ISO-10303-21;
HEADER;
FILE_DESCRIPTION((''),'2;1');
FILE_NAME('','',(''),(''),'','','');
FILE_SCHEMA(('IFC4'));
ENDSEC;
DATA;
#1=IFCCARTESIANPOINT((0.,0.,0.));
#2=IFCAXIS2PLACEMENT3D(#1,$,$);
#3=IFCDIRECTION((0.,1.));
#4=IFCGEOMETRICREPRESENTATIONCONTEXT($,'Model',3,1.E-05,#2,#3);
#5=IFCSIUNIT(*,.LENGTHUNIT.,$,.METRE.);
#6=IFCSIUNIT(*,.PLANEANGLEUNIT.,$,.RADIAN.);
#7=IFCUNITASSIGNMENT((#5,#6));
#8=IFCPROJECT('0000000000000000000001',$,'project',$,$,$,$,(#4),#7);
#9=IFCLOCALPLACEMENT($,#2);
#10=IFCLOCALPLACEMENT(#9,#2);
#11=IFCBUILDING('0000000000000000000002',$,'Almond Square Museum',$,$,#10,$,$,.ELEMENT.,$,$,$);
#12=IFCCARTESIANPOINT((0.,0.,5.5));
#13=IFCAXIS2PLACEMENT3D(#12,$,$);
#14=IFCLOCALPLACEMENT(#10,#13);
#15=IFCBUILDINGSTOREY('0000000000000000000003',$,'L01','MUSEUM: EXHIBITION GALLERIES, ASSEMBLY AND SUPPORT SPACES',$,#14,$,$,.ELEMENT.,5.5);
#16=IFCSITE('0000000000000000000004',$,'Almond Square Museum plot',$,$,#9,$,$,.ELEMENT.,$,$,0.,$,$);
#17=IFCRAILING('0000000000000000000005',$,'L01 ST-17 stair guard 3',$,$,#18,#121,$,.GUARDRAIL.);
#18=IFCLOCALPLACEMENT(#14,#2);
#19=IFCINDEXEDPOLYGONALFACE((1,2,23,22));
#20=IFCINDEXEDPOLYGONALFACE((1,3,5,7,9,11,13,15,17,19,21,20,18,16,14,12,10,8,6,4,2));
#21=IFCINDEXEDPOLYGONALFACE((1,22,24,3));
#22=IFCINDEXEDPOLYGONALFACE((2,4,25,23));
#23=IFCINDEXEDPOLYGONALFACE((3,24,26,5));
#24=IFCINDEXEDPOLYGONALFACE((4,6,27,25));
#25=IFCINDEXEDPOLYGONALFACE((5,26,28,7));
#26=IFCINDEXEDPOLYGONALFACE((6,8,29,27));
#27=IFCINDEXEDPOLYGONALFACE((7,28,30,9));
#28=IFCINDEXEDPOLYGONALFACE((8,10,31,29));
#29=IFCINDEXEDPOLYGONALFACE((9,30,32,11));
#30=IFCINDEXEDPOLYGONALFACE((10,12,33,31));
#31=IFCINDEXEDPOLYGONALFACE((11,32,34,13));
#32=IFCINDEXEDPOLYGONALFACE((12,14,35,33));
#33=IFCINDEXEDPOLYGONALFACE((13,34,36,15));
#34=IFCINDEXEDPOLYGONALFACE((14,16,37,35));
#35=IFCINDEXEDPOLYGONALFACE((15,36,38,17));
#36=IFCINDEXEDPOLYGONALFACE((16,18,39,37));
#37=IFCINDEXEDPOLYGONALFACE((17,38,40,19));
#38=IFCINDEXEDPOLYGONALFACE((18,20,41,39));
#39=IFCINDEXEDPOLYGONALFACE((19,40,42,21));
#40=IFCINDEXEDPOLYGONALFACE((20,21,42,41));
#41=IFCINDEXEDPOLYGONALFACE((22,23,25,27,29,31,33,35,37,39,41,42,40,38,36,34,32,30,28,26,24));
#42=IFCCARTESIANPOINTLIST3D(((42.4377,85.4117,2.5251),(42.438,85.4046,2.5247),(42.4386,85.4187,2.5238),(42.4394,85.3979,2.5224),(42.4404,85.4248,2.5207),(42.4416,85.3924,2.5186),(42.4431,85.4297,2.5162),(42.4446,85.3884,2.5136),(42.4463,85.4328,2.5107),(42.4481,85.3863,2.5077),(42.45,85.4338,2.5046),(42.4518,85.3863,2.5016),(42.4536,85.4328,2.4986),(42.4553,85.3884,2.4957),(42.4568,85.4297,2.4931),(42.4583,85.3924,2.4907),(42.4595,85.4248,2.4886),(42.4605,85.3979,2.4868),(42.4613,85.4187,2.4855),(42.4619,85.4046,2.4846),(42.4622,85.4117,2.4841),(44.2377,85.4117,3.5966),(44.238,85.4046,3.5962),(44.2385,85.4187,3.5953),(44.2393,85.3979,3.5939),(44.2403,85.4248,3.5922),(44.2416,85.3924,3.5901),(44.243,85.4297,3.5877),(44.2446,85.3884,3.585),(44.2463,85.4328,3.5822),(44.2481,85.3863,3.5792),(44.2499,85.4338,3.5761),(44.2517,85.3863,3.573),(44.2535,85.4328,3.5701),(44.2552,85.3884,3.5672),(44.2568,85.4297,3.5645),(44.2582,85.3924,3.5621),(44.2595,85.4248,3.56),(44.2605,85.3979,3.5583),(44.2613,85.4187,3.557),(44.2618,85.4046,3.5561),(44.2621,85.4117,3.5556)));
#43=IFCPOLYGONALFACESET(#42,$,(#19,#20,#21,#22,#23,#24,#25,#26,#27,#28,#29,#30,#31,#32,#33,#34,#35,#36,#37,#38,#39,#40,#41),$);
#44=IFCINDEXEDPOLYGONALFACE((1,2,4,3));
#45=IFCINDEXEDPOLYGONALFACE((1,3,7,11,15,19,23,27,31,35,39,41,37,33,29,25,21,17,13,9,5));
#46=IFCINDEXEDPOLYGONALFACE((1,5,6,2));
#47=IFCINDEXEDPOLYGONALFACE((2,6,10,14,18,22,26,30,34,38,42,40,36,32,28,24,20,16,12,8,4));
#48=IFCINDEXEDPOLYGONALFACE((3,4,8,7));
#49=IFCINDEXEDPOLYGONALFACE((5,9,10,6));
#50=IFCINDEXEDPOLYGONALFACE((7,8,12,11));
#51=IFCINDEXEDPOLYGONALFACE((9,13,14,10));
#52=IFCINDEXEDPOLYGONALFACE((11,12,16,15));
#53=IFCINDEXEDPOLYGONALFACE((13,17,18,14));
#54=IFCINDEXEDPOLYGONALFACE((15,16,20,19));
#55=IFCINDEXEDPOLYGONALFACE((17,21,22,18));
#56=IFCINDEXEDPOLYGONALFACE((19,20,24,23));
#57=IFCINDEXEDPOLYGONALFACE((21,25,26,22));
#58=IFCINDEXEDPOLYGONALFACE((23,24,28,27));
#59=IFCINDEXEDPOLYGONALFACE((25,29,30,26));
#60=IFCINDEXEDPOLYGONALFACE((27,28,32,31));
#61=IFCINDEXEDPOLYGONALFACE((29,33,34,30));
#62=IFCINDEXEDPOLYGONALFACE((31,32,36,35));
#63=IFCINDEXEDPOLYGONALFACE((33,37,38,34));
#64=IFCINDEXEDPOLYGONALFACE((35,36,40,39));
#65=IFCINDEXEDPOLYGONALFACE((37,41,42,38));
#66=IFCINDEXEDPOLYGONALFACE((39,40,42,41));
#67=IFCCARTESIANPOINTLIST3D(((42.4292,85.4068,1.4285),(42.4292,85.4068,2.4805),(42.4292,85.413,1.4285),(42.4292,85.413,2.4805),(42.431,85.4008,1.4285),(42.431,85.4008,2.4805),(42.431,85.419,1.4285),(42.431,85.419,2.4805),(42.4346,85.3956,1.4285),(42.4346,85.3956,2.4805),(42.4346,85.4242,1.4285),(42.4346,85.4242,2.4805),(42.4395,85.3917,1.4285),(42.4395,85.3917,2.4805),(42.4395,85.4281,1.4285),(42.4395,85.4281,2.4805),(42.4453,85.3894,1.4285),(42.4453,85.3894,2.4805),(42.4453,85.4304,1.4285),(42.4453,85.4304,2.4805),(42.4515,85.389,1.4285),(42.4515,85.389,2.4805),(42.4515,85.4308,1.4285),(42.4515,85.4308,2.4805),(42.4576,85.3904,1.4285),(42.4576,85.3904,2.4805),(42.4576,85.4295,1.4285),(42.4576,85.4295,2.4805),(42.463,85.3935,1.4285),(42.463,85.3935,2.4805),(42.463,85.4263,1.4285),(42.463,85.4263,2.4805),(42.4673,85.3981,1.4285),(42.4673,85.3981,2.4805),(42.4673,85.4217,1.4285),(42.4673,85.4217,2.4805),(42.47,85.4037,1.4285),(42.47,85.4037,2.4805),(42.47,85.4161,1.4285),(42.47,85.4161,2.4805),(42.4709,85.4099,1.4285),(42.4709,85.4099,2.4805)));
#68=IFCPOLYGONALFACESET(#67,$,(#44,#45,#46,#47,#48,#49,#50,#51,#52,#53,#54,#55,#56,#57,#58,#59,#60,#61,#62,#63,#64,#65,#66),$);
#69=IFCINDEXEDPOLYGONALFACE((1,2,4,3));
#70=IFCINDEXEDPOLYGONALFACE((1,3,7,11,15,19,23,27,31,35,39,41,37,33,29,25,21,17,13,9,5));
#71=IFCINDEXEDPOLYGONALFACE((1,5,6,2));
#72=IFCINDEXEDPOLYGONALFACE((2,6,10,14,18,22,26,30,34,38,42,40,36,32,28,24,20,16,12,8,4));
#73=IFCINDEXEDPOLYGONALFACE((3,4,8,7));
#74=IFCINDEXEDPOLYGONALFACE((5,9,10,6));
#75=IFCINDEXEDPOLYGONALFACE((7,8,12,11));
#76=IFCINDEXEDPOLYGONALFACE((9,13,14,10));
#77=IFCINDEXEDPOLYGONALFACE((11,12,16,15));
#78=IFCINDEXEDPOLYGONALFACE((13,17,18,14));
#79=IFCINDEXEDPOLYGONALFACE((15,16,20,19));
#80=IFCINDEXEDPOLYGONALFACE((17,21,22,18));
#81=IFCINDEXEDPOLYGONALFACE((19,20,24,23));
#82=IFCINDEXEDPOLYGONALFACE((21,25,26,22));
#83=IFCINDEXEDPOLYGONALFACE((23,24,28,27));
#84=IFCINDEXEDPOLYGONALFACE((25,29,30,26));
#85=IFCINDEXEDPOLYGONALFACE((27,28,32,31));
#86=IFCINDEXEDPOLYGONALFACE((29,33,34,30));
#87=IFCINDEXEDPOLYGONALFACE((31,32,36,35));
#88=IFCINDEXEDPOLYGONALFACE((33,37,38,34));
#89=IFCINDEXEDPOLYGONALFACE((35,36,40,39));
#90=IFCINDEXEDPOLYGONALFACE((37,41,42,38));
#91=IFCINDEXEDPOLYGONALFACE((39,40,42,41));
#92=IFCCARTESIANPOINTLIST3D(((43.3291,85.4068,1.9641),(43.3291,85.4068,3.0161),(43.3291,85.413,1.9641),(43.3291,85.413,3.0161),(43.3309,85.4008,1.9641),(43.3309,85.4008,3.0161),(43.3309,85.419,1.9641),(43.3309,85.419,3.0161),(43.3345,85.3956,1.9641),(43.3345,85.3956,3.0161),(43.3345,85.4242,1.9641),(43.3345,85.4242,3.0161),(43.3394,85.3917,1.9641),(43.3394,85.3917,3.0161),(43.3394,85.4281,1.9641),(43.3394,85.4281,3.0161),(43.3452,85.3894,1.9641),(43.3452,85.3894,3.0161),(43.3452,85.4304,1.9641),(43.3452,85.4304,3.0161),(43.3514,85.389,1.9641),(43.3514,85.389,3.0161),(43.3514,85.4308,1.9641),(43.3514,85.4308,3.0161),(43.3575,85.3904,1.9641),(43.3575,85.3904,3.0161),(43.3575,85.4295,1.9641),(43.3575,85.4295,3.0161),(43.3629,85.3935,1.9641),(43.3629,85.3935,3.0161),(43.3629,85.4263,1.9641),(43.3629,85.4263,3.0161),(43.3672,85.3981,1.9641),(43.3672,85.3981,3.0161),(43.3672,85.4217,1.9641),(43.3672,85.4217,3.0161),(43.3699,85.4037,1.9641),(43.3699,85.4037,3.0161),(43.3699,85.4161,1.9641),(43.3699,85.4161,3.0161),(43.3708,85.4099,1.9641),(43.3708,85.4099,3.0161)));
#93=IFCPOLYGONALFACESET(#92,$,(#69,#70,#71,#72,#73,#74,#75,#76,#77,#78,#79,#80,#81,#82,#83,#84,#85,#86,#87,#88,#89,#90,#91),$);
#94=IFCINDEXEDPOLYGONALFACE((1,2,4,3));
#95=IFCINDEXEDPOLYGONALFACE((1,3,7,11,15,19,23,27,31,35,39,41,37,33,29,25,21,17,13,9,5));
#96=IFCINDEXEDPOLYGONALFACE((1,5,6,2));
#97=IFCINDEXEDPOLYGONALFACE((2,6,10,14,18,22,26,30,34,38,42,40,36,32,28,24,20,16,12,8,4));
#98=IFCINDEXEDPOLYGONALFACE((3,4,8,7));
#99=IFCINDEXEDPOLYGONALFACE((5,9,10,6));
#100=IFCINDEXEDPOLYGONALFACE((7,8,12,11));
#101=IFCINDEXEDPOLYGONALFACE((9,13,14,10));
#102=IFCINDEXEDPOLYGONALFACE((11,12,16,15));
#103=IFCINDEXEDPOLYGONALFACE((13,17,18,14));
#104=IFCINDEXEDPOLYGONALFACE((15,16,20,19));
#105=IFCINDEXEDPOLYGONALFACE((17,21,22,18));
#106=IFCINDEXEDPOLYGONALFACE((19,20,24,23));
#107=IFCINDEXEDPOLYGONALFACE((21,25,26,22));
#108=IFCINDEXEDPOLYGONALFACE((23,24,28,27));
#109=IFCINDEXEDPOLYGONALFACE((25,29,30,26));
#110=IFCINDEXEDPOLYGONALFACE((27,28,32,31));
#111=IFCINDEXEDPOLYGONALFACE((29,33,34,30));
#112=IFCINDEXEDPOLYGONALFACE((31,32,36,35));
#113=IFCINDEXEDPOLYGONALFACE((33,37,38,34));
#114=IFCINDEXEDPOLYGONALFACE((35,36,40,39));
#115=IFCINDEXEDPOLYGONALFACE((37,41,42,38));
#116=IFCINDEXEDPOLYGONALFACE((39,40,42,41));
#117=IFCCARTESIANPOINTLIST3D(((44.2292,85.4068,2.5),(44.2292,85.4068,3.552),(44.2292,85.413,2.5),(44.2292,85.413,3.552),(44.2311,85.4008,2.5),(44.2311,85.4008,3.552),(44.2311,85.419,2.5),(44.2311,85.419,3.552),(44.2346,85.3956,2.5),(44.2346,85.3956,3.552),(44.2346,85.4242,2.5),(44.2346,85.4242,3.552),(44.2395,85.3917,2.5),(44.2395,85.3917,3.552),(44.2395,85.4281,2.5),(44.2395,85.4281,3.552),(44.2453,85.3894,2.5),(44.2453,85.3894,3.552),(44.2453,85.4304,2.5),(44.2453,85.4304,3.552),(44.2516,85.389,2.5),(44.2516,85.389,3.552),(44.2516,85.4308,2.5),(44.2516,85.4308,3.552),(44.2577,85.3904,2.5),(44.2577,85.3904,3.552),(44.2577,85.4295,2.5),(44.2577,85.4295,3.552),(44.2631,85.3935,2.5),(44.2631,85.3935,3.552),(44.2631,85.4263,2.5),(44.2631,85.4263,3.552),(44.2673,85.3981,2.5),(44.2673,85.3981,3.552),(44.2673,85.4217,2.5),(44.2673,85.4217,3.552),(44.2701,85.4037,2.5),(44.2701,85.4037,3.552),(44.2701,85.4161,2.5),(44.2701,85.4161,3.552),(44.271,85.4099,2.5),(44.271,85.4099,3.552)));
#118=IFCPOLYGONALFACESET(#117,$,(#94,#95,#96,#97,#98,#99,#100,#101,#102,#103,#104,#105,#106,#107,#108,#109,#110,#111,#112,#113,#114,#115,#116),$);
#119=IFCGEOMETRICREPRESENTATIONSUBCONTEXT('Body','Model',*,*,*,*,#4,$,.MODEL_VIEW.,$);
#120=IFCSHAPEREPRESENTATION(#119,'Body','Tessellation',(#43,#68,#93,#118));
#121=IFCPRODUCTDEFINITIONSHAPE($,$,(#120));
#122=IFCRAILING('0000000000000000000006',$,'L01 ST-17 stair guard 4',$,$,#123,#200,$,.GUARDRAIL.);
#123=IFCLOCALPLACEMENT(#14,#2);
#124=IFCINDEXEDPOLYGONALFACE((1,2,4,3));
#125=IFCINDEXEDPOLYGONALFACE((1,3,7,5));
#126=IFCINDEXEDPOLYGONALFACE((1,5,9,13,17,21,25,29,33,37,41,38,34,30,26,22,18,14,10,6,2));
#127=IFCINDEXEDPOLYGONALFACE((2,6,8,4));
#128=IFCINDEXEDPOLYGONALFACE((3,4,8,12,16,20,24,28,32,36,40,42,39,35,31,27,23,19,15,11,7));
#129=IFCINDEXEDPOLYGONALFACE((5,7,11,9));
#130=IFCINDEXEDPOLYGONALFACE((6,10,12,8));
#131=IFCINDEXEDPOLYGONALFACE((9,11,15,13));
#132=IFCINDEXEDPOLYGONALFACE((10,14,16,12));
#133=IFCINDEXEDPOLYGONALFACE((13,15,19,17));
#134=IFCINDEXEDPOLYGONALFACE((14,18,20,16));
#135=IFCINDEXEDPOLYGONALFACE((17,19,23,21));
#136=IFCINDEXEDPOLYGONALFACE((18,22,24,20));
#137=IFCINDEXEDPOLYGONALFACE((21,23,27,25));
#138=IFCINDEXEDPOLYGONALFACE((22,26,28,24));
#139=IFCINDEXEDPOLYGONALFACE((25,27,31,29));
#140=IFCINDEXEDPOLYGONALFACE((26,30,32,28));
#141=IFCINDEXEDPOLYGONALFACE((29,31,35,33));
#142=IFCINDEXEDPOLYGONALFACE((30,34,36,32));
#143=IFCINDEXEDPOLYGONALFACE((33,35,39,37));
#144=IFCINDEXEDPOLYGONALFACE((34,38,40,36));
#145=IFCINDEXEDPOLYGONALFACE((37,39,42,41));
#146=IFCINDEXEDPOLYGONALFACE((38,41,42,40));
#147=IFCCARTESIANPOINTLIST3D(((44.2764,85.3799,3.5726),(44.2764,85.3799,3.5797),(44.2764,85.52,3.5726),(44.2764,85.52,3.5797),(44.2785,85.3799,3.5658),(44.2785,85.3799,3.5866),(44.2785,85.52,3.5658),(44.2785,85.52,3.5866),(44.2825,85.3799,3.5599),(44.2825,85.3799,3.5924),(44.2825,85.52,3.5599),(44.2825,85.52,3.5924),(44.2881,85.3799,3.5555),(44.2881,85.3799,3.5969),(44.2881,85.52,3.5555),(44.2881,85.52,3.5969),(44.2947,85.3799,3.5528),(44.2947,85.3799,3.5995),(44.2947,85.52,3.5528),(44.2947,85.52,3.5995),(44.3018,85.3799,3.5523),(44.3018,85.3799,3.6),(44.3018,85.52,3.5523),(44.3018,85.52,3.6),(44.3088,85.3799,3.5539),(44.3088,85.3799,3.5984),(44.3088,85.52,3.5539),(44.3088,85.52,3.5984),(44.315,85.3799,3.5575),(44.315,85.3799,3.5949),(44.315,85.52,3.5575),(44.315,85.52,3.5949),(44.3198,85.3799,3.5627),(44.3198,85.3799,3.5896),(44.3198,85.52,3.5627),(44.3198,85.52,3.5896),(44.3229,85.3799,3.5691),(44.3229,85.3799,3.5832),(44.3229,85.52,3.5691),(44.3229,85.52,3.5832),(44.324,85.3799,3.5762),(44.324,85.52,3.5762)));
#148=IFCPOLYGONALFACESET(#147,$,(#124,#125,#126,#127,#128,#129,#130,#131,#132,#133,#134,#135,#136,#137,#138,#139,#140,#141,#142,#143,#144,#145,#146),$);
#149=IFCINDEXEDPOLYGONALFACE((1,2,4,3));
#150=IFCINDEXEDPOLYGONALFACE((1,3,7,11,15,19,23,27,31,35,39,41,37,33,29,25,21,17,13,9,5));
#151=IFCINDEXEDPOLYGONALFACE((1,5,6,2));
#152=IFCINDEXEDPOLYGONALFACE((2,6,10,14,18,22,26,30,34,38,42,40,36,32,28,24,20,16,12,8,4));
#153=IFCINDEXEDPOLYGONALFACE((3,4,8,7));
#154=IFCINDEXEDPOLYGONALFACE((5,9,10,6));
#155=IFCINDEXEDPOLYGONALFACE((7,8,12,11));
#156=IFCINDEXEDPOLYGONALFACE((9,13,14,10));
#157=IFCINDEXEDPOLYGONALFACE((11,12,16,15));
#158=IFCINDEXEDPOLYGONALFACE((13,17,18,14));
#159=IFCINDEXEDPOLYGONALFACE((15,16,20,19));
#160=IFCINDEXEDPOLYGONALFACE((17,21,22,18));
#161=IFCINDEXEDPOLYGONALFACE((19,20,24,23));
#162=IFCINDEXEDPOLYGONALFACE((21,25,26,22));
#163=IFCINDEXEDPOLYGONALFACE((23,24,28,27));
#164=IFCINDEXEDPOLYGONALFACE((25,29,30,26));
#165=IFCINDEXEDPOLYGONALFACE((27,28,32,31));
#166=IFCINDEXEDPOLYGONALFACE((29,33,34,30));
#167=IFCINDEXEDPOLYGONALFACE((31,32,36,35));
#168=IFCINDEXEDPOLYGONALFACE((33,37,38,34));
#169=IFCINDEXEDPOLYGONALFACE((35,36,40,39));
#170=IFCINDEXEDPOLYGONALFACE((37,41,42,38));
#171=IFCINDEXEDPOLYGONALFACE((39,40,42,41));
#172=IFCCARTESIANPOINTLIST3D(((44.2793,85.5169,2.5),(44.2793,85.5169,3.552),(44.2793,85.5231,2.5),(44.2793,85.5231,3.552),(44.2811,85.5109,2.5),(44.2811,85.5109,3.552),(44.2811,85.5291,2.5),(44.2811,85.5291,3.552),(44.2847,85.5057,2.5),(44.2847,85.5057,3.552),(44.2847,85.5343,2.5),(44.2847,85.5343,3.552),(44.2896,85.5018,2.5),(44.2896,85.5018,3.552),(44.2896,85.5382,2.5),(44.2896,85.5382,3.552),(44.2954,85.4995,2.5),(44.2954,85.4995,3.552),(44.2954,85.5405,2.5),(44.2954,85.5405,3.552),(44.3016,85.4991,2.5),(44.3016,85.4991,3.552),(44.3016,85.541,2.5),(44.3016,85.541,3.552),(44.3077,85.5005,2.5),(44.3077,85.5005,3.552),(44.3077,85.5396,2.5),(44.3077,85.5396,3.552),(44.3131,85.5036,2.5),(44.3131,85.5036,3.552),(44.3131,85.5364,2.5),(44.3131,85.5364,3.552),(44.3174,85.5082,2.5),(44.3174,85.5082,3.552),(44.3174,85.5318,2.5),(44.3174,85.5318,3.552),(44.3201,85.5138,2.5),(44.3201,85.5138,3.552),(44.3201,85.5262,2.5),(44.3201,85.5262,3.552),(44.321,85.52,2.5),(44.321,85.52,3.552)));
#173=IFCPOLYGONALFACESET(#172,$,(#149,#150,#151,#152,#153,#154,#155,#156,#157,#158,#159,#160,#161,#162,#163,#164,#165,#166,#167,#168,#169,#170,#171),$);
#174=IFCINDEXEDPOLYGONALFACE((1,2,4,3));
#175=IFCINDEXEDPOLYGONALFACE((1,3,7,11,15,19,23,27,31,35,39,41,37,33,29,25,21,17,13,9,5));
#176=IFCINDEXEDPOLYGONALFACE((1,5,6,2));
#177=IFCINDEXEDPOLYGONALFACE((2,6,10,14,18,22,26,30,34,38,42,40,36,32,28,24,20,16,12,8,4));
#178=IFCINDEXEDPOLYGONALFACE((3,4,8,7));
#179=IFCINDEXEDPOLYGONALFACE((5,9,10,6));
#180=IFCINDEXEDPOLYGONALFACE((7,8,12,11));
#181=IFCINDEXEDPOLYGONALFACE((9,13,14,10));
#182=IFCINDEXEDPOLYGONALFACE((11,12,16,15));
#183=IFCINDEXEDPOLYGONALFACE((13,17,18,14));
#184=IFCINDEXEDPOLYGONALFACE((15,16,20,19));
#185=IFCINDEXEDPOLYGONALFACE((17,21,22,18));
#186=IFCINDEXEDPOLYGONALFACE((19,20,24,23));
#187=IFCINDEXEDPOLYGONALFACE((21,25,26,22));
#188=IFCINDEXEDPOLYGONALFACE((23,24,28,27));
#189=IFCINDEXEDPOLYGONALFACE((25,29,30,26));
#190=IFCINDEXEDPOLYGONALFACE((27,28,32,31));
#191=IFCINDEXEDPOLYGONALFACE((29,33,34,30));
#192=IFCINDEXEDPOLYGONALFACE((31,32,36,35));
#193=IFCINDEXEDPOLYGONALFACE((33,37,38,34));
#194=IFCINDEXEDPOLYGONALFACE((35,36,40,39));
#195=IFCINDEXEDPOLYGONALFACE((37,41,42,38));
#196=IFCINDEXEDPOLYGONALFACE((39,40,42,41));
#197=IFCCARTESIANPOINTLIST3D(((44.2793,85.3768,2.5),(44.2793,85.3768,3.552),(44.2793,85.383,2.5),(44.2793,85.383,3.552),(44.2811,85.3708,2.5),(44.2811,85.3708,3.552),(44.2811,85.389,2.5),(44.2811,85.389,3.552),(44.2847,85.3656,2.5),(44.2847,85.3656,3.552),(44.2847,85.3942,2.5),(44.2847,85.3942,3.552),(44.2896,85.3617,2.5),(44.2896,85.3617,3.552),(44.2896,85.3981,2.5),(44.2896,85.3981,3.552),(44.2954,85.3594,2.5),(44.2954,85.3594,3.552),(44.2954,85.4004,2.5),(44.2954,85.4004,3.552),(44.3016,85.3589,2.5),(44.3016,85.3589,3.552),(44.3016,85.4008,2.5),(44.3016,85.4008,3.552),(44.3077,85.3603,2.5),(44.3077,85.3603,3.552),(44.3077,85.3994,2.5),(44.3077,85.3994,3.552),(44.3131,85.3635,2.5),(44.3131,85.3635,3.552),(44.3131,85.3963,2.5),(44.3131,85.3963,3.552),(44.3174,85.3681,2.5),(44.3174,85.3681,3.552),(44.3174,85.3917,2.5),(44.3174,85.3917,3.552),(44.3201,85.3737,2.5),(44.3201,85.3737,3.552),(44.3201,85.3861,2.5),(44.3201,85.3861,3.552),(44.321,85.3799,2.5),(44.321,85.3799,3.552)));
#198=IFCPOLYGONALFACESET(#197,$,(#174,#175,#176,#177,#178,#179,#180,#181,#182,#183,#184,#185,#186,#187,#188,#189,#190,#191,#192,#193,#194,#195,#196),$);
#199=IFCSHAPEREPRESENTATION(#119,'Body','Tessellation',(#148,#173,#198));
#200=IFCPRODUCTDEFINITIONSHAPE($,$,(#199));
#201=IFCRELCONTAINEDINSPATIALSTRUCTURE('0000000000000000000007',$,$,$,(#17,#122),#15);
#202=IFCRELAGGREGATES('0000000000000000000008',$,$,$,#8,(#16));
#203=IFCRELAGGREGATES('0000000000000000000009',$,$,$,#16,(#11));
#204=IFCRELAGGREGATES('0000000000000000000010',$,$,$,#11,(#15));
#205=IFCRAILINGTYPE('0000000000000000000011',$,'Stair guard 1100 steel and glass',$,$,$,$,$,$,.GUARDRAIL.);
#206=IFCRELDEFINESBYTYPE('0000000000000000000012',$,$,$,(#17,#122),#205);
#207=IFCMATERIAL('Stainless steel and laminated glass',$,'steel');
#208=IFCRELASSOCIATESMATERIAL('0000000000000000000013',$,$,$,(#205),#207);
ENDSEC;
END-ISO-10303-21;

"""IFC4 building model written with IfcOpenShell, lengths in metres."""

from ifc_helpers import new_model, si_unit, direction, frame, origin, origin_2d, place, context, subcontext, project, spatial, circle, extrude, material, type_object, element, save


model = new_model("IFC4")

# Units and contexts
model_context = context("Model", 3, precision=1e-05, world=origin(), true_north=direction((0.0, 1.0)))
body_context = subcontext(model_context, "Body", "Model", "MODEL_VIEW")
ifc_project = project(units=[si_unit("LENGTHUNIT", "METRE"), si_unit("PLANEANGLEUNIT", "RADIAN")], contexts=[model_context])

# Site, building, storey
site_placement = place(None, origin())
site = spatial("IfcSite", under=ifc_project, at=site_placement, Name="Almond Square Museum plot", CompositionType="ELEMENT", RefElevation=0.0)
building_placement = place(site_placement, origin())
building = spatial("IfcBuilding", under=site, at=building_placement, Name="Almond Square Museum", CompositionType="ELEMENT")
storey_placement = place(building_placement, frame((0.0, 0.0, 5.5)))
storey = spatial("IfcBuildingStorey", under=building, at=storey_placement, Name="L01", Description="MUSEUM: EXHIBITION GALLERIES, ASSEMBLY AND SUPPORT SPACES", CompositionType="ELEMENT", Elevation=5.5)

# Railings
ifc_material_1 = material(Name="Stainless steel and laminated glass", Category="steel")
railing_type_1 = type_object("IfcRailingType", Name="Stair guard 1100 steel and glass", PredefinedType="GUARDRAIL", material=ifc_material_1)
railing_1_placement = place(storey_placement, frame((42.45, 85.4099, 1.4285)))
element("IfcRailing", 1, at=railing_1_placement, inside=storey, type_object=railing_type_1, Name="L01 ST-17 stair guard 3", PredefinedType="GUARDRAIL", context=body_context, shape_type="SweptSolid", body=[
    extrude(circle(Radius=0.0239, at=origin_2d()), frame((0.0, 0.0, 1.0762), z_axis=(0.859277, 0.0, 0.51151), x_axis=(0.0, 1.0, 0.0)), (0.0, 0.0, 1.0), 2.0947),
    extrude(circle(Radius=0.021, at=origin_2d()), origin(), (0.0, 0.0, 1.0), 1.052),
    extrude(circle(Radius=0.021, at=origin_2d()), frame((0.8999, 0.0, 0.5356)), (0.0, 0.0, 1.0), 1.052),
    extrude(circle(Radius=0.021, at=origin_2d()), frame((1.8, 0.0, 1.0715)), (0.0, 0.0, 1.0), 1.052),
])
railing_2_placement = place(storey_placement, frame((44.3, 85.52, 2.5)))
element("IfcRailing", 2, at=railing_2_placement, inside=storey, type_object=railing_type_1, Name="L01 ST-17 stair guard 4", PredefinedType="GUARDRAIL", context=body_context, shape_type="SweptSolid", body=[
    extrude(circle(Radius=0.0239, at=origin_2d()), frame((0.0, 0.0, 1.0762), z_axis=(0.0, -1.0, 0.0), x_axis=(1.0, 0.0, 0.0)), (0.0, 0.0, 1.0), 0.1401),
    extrude(circle(Radius=0.021, at=origin_2d()), origin(), (0.0, 0.0, 1.0), 1.052),
    extrude(circle(Radius=0.021, at=origin_2d()), frame((0.0, -0.1401, 0.0)), (0.0, 0.0, 1.0), 1.052),
])

save(model, "model.ifc")
